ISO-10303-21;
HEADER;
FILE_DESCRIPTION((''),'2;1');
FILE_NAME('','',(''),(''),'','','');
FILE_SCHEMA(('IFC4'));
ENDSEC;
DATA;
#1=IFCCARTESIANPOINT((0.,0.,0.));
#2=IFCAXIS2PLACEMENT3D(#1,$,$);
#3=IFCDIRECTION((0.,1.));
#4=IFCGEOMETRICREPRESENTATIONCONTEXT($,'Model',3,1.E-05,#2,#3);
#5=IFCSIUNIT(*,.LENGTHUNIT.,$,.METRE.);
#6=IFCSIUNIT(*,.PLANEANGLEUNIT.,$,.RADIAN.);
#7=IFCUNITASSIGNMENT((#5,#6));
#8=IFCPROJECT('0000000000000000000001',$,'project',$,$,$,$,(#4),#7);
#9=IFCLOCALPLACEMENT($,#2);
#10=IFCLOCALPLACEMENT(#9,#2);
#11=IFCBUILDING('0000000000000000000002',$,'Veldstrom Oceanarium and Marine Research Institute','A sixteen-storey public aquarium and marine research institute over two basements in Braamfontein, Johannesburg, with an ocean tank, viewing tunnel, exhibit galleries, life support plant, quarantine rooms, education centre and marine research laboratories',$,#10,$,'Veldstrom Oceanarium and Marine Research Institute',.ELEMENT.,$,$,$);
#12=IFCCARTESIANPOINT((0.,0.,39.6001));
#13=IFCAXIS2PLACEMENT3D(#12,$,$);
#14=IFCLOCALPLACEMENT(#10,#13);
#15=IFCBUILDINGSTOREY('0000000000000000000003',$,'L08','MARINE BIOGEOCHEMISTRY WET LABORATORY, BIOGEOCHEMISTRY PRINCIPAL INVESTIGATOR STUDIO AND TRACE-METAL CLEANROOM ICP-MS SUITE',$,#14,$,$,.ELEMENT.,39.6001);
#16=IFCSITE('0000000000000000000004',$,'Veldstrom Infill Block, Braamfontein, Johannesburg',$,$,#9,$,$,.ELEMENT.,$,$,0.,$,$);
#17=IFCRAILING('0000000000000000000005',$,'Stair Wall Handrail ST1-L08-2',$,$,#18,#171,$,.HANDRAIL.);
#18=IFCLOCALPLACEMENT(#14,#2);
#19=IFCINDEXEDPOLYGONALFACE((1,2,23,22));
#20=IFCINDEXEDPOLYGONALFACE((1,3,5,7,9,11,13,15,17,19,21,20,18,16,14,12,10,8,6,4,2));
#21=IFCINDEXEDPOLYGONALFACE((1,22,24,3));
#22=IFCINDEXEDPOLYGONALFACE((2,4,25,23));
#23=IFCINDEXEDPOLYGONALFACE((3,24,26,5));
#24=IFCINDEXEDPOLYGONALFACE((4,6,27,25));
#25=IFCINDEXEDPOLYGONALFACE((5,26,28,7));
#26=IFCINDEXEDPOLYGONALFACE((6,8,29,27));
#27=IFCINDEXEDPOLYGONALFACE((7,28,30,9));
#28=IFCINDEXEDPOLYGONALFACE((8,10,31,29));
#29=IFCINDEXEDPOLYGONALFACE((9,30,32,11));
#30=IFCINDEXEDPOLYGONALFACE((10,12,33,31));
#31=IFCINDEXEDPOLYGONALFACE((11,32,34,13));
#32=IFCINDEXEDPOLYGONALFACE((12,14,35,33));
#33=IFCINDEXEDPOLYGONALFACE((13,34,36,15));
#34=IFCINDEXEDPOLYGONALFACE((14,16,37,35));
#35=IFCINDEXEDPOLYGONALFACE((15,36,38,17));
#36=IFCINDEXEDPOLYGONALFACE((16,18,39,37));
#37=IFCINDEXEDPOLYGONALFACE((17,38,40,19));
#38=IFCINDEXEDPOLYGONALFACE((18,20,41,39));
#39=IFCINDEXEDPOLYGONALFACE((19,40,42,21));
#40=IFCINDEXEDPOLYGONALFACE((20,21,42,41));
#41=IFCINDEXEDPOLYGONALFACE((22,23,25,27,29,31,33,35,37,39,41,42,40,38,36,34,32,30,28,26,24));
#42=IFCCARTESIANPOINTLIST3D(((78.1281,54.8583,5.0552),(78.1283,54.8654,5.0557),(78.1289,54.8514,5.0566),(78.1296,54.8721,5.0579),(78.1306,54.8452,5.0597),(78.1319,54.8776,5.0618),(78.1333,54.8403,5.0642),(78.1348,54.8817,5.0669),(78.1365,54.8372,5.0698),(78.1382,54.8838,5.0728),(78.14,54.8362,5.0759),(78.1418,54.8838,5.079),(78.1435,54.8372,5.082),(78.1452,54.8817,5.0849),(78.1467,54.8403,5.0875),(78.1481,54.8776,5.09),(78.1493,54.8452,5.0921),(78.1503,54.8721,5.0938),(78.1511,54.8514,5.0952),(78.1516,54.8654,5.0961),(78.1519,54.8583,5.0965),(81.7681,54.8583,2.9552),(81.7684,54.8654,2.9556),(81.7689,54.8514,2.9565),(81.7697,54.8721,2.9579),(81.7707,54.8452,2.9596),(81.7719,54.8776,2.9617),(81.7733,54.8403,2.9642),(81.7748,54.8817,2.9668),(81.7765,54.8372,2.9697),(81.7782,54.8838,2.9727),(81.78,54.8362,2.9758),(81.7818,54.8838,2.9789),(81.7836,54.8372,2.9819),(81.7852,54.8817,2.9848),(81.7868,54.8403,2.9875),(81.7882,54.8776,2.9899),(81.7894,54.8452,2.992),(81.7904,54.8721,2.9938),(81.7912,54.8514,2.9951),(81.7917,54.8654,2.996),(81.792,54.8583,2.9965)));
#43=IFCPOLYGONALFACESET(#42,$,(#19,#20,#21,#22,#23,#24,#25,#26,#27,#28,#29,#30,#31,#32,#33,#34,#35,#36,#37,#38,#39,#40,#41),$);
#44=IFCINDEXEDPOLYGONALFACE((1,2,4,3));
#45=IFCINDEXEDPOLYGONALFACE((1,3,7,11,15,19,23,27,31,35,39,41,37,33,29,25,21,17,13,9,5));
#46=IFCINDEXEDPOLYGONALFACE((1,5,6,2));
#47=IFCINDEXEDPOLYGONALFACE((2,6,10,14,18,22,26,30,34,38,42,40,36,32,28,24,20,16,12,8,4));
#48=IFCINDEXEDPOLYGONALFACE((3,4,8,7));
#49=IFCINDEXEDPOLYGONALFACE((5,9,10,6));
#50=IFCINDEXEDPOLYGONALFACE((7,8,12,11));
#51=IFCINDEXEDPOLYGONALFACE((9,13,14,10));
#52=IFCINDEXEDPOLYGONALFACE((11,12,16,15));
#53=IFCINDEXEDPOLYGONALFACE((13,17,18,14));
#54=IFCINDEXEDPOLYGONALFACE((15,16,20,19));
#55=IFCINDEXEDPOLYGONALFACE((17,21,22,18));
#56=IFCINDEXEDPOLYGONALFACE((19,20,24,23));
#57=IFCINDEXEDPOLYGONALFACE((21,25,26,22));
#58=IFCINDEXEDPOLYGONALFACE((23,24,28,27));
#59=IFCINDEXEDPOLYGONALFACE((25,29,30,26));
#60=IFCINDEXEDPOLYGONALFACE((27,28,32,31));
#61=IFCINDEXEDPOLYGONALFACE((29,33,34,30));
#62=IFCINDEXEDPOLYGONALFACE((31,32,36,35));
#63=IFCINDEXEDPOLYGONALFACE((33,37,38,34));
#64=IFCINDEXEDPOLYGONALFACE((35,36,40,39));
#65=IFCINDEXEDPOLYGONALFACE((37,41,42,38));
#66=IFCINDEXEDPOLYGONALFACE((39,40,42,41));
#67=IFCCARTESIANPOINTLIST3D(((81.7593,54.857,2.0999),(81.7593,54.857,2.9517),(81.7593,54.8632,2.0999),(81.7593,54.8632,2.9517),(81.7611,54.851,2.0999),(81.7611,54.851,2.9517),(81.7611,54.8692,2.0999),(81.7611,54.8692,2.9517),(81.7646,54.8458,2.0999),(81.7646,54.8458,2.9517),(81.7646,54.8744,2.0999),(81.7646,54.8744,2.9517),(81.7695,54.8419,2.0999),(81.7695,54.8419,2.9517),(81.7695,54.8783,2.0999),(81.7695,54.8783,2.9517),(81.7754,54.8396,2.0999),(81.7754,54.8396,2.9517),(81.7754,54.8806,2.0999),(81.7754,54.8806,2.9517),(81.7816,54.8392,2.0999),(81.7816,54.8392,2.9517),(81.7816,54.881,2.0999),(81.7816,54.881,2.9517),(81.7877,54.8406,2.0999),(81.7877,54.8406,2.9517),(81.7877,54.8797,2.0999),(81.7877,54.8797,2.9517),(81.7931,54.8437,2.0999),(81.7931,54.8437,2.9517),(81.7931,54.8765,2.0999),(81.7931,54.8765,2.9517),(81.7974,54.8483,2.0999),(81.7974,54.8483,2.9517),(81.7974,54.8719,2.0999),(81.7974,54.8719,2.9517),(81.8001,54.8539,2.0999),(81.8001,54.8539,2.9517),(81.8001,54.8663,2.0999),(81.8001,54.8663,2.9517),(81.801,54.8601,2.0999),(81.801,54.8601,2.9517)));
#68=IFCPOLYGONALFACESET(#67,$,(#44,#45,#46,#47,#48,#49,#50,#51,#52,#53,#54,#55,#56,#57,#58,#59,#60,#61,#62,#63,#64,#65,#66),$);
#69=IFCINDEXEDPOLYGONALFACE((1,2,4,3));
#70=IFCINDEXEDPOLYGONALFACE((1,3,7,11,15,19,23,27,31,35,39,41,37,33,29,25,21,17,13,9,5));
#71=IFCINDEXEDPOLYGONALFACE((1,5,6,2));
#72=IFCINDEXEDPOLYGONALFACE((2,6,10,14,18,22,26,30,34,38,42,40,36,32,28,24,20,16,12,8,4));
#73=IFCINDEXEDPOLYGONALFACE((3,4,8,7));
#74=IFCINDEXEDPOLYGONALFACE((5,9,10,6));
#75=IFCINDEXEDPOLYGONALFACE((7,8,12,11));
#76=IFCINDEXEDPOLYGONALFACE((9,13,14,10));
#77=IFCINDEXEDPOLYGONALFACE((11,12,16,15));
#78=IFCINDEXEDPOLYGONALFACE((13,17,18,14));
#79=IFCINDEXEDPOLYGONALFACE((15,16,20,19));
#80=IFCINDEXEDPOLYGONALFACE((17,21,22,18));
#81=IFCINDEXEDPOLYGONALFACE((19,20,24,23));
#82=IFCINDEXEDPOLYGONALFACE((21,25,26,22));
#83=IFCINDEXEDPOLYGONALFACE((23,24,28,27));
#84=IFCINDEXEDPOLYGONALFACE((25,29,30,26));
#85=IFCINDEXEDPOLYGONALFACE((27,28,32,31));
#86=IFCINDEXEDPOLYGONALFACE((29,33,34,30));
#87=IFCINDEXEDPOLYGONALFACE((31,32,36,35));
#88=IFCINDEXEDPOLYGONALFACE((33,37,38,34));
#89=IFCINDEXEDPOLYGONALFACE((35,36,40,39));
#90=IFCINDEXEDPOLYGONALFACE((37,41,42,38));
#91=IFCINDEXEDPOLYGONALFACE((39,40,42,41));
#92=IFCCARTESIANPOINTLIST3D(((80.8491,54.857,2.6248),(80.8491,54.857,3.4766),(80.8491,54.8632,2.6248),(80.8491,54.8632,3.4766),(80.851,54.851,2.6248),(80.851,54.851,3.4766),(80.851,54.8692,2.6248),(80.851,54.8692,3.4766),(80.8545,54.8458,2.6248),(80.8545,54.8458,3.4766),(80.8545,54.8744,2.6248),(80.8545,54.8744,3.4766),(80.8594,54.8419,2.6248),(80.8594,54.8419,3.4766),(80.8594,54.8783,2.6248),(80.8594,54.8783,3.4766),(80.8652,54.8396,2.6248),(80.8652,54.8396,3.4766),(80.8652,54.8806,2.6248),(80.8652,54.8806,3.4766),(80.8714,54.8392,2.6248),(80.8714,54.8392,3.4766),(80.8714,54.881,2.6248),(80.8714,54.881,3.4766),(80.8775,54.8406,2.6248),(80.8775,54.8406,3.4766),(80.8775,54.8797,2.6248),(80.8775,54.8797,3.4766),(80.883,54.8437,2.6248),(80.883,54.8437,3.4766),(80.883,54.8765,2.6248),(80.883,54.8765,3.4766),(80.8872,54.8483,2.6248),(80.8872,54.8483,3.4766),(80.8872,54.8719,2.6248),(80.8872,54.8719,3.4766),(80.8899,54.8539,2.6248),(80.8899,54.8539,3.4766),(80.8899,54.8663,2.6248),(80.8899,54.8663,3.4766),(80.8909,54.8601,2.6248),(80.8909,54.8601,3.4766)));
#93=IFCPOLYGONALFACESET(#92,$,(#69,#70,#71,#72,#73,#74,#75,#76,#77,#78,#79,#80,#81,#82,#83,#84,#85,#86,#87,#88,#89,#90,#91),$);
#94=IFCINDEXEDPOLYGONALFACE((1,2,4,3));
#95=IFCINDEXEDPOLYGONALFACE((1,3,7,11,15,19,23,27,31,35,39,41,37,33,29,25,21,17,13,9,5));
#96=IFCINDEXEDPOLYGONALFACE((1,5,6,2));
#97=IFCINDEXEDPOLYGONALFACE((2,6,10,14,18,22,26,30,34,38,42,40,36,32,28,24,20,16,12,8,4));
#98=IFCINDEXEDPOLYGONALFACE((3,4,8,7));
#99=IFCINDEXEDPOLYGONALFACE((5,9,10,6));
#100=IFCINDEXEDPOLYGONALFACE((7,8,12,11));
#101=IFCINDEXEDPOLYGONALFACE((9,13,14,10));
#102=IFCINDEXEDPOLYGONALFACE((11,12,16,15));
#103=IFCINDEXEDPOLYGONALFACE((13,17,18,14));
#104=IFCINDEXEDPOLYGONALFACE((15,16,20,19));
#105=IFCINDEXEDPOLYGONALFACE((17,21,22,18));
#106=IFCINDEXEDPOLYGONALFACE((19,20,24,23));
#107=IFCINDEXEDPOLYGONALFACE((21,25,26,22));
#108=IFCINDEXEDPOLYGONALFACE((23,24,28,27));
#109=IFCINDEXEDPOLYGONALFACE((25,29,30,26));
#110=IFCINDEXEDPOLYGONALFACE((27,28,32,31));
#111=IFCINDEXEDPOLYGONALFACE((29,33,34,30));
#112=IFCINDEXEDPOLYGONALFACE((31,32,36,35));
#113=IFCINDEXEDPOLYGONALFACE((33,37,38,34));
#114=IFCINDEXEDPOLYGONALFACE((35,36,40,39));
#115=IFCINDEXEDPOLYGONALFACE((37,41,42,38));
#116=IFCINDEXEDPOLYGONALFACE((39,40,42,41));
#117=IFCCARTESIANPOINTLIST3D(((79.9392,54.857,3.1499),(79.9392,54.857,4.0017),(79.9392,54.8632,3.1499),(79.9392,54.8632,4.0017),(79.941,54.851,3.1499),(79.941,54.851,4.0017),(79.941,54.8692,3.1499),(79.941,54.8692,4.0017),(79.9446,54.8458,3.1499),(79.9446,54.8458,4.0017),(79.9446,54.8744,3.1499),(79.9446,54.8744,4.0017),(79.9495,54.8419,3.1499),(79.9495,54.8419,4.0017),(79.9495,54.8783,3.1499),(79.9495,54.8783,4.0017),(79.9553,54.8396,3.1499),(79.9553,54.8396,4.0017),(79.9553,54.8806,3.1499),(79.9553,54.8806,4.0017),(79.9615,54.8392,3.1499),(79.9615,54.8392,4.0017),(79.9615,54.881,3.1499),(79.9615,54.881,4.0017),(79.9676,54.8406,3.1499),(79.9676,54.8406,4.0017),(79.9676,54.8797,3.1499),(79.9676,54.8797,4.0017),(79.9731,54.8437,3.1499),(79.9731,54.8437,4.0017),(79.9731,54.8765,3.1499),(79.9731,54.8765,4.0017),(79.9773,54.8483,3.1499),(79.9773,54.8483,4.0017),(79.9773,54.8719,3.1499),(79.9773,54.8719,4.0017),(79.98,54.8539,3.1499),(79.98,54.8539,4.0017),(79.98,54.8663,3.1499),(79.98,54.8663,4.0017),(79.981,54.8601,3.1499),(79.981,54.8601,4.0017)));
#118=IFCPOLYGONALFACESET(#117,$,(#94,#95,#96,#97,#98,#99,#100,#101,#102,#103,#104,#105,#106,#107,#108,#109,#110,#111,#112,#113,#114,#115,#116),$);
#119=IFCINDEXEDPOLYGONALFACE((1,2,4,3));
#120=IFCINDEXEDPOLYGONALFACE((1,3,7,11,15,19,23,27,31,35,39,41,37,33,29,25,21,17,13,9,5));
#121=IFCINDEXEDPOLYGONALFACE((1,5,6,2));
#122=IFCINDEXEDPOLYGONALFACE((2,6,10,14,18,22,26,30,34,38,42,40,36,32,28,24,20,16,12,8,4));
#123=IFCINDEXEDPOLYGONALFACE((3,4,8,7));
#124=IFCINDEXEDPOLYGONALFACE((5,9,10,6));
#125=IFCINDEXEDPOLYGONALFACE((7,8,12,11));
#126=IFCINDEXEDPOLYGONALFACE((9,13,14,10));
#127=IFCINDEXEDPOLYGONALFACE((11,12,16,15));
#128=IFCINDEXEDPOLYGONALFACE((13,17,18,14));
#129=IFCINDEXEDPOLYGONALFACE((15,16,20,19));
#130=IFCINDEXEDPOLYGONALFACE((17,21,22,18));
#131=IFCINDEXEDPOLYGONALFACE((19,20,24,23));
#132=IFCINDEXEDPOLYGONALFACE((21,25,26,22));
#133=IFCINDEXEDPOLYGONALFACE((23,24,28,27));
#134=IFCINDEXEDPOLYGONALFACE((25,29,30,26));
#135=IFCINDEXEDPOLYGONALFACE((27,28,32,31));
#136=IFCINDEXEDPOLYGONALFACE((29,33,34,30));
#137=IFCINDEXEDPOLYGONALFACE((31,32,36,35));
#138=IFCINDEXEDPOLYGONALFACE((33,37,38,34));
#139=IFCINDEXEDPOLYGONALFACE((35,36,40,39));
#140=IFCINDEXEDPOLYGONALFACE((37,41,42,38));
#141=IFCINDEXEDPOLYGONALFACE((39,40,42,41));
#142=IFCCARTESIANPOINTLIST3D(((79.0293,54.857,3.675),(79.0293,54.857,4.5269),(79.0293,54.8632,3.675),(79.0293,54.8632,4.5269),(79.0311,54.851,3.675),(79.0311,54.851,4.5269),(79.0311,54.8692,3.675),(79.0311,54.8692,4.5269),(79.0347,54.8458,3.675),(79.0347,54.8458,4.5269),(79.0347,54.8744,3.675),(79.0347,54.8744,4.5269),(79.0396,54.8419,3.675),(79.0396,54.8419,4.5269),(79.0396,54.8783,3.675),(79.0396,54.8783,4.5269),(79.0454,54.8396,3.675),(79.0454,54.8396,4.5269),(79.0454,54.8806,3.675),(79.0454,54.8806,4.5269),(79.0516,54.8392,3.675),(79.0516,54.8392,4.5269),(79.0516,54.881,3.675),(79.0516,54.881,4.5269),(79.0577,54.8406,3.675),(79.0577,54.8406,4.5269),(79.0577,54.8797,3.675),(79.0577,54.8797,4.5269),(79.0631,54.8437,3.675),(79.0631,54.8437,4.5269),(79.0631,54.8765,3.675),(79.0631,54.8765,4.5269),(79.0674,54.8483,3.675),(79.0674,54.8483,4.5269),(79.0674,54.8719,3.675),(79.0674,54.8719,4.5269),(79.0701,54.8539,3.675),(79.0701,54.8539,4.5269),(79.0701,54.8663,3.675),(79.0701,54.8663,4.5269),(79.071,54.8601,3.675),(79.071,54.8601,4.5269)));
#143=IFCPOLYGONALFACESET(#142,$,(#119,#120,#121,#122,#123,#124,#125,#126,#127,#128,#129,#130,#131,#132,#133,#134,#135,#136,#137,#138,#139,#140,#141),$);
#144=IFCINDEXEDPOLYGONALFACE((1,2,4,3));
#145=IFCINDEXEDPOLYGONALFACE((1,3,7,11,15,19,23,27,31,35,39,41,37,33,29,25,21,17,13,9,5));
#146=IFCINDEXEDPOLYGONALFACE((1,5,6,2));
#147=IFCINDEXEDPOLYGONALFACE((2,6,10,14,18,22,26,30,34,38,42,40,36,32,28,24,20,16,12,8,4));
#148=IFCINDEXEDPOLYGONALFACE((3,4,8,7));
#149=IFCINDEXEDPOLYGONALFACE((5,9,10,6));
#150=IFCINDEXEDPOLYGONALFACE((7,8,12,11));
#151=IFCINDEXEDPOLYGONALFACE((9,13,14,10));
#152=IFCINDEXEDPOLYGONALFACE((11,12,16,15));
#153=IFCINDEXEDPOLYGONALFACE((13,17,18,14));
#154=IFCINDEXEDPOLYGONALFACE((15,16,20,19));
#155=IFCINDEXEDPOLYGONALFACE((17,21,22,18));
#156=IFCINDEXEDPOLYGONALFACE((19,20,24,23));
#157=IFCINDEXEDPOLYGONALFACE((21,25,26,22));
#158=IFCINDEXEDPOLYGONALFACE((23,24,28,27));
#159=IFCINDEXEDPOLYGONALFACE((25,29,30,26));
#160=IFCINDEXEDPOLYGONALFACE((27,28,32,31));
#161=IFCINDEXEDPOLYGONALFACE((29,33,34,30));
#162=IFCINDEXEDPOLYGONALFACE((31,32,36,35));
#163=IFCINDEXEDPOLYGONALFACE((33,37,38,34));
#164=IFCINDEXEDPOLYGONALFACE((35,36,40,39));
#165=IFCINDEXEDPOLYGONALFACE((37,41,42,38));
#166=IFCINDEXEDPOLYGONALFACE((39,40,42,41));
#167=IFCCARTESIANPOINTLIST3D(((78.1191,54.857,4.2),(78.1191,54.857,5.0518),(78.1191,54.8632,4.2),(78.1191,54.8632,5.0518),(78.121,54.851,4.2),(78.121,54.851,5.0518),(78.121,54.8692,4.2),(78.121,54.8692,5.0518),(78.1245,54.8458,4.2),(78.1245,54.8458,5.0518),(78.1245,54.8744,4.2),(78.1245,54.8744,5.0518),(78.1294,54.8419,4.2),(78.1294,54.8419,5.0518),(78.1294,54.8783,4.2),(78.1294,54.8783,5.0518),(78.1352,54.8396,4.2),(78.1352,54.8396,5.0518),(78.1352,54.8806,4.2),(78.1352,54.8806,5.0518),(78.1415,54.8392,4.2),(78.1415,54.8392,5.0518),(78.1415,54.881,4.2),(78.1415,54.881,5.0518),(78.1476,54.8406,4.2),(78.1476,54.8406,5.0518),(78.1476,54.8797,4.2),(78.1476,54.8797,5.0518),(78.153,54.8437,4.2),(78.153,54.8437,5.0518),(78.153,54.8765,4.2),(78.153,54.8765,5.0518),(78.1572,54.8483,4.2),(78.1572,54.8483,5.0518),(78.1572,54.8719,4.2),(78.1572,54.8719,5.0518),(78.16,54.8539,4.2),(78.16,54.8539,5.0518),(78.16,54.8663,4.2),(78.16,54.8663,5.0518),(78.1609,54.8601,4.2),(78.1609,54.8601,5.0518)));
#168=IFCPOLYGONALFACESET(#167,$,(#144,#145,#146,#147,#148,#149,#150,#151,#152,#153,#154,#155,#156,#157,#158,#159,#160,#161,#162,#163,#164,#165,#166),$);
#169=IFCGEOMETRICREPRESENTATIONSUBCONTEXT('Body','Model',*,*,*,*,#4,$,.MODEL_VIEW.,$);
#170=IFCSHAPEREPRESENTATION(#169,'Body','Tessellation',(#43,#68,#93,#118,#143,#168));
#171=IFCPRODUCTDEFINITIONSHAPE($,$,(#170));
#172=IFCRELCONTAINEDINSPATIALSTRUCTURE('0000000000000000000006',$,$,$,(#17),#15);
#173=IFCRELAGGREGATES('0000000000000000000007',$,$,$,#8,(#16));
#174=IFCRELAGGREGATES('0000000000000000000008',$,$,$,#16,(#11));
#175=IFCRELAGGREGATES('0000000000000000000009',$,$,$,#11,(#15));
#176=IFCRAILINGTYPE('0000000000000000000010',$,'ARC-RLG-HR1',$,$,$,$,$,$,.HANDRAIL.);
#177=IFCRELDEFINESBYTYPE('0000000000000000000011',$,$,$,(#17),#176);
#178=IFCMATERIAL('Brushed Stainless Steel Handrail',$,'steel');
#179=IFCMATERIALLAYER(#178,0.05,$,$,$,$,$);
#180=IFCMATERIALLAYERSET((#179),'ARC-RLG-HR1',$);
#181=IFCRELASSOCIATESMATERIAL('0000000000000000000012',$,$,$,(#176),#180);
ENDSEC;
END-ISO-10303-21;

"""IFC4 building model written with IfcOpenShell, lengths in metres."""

from ifc_helpers import new_model, si_unit, direction, frame, origin, origin_2d, place, context, subcontext, project, spatial, circle, extrude, material, layer, layer_set, type_object, element, save


model = new_model("IFC4")

# Units and contexts
model_context = context("Model", 3, precision=1e-05, world=origin(), true_north=direction((0.0, 1.0)))
body_context = subcontext(model_context, "Body", "Model", "MODEL_VIEW")
ifc_project = project(units=[si_unit("LENGTHUNIT", "METRE"), si_unit("PLANEANGLEUNIT", "RADIAN")], contexts=[model_context])

# Site, building, storey
site_placement = place(None, origin())
site = spatial("IfcSite", under=ifc_project, at=site_placement, Name="Veldstrom Infill Block, Braamfontein, Johannesburg", CompositionType="ELEMENT", RefElevation=0.0)
building_placement = place(site_placement, origin())
building = spatial("IfcBuilding", under=site, at=building_placement, Name="Veldstrom Oceanarium and Marine Research Institute", Description="A sixteen-storey public aquarium and marine research institute over two basements in Braamfontein, Johannesburg, with an ocean tank, viewing tunnel, exhibit galleries, life support plant, quarantine rooms, education centre and marine research laboratories", LongName="Veldstrom Oceanarium and Marine Research Institute", CompositionType="ELEMENT")
storey_placement = place(building_placement, frame((0.0, 0.0, 39.6001)))
storey = spatial("IfcBuildingStorey", under=building, at=storey_placement, Name="L08", Description="MARINE BIOGEOCHEMISTRY WET LABORATORY, BIOGEOCHEMISTRY PRINCIPAL INVESTIGATOR STUDIO AND TRACE-METAL CLEANROOM ICP-MS SUITE", CompositionType="ELEMENT", Elevation=39.6001)

# Railing
ifc_material_1 = material(Name="Brushed Stainless Steel Handrail", Category="steel")
ifc_layer_1 = layer(ifc_material_1, 0.05)
ifc_layer_set_1 = layer_set([ifc_layer_1], Name="ARC-RLG-HR1")
railing_type_1 = type_object("IfcRailingType", Name="ARC-RLG-HR1", PredefinedType="HANDRAIL", material=ifc_layer_set_1)
railing_1_placement = place(storey_placement, frame((81.78, 54.8601, 2.0999)))
element("IfcRailing", 1, at=railing_1_placement, inside=storey, type_object=railing_type_1, Name="Stair Wall Handrail ST1-L08-2", PredefinedType="HANDRAIL", context=body_context, shape_type="SweptSolid", body=[
    extrude(circle(Radius=0.0239, at=origin_2d()), frame((0.0, 0.0, 0.876), z_axis=(-0.866184, 0.0, 0.499726), x_axis=(0.0, -1.0, 0.0)), (0.0, 0.0, 1.0), 4.2024),
    extrude(circle(Radius=0.021, at=origin_2d()), origin(), (0.0, 0.0, 1.0), 0.8518),
    extrude(circle(Radius=0.021, at=origin_2d()), frame((-0.9102, 0.0, 0.5249)), (0.0, 0.0, 1.0), 0.8518),
    extrude(circle(Radius=0.021, at=origin_2d()), frame((-1.8201, 0.0, 1.05)), (0.0, 0.0, 1.0), 0.8518),
    extrude(circle(Radius=0.021, at=origin_2d()), frame((-2.73, 0.0, 1.5752)), (0.0, 0.0, 1.0), 0.8518),
    extrude(circle(Radius=0.021, at=origin_2d()), frame((-3.6401, 0.0, 2.1001)), (0.0, 0.0, 1.0), 0.8518),
])

save(model, "model.ifc")
